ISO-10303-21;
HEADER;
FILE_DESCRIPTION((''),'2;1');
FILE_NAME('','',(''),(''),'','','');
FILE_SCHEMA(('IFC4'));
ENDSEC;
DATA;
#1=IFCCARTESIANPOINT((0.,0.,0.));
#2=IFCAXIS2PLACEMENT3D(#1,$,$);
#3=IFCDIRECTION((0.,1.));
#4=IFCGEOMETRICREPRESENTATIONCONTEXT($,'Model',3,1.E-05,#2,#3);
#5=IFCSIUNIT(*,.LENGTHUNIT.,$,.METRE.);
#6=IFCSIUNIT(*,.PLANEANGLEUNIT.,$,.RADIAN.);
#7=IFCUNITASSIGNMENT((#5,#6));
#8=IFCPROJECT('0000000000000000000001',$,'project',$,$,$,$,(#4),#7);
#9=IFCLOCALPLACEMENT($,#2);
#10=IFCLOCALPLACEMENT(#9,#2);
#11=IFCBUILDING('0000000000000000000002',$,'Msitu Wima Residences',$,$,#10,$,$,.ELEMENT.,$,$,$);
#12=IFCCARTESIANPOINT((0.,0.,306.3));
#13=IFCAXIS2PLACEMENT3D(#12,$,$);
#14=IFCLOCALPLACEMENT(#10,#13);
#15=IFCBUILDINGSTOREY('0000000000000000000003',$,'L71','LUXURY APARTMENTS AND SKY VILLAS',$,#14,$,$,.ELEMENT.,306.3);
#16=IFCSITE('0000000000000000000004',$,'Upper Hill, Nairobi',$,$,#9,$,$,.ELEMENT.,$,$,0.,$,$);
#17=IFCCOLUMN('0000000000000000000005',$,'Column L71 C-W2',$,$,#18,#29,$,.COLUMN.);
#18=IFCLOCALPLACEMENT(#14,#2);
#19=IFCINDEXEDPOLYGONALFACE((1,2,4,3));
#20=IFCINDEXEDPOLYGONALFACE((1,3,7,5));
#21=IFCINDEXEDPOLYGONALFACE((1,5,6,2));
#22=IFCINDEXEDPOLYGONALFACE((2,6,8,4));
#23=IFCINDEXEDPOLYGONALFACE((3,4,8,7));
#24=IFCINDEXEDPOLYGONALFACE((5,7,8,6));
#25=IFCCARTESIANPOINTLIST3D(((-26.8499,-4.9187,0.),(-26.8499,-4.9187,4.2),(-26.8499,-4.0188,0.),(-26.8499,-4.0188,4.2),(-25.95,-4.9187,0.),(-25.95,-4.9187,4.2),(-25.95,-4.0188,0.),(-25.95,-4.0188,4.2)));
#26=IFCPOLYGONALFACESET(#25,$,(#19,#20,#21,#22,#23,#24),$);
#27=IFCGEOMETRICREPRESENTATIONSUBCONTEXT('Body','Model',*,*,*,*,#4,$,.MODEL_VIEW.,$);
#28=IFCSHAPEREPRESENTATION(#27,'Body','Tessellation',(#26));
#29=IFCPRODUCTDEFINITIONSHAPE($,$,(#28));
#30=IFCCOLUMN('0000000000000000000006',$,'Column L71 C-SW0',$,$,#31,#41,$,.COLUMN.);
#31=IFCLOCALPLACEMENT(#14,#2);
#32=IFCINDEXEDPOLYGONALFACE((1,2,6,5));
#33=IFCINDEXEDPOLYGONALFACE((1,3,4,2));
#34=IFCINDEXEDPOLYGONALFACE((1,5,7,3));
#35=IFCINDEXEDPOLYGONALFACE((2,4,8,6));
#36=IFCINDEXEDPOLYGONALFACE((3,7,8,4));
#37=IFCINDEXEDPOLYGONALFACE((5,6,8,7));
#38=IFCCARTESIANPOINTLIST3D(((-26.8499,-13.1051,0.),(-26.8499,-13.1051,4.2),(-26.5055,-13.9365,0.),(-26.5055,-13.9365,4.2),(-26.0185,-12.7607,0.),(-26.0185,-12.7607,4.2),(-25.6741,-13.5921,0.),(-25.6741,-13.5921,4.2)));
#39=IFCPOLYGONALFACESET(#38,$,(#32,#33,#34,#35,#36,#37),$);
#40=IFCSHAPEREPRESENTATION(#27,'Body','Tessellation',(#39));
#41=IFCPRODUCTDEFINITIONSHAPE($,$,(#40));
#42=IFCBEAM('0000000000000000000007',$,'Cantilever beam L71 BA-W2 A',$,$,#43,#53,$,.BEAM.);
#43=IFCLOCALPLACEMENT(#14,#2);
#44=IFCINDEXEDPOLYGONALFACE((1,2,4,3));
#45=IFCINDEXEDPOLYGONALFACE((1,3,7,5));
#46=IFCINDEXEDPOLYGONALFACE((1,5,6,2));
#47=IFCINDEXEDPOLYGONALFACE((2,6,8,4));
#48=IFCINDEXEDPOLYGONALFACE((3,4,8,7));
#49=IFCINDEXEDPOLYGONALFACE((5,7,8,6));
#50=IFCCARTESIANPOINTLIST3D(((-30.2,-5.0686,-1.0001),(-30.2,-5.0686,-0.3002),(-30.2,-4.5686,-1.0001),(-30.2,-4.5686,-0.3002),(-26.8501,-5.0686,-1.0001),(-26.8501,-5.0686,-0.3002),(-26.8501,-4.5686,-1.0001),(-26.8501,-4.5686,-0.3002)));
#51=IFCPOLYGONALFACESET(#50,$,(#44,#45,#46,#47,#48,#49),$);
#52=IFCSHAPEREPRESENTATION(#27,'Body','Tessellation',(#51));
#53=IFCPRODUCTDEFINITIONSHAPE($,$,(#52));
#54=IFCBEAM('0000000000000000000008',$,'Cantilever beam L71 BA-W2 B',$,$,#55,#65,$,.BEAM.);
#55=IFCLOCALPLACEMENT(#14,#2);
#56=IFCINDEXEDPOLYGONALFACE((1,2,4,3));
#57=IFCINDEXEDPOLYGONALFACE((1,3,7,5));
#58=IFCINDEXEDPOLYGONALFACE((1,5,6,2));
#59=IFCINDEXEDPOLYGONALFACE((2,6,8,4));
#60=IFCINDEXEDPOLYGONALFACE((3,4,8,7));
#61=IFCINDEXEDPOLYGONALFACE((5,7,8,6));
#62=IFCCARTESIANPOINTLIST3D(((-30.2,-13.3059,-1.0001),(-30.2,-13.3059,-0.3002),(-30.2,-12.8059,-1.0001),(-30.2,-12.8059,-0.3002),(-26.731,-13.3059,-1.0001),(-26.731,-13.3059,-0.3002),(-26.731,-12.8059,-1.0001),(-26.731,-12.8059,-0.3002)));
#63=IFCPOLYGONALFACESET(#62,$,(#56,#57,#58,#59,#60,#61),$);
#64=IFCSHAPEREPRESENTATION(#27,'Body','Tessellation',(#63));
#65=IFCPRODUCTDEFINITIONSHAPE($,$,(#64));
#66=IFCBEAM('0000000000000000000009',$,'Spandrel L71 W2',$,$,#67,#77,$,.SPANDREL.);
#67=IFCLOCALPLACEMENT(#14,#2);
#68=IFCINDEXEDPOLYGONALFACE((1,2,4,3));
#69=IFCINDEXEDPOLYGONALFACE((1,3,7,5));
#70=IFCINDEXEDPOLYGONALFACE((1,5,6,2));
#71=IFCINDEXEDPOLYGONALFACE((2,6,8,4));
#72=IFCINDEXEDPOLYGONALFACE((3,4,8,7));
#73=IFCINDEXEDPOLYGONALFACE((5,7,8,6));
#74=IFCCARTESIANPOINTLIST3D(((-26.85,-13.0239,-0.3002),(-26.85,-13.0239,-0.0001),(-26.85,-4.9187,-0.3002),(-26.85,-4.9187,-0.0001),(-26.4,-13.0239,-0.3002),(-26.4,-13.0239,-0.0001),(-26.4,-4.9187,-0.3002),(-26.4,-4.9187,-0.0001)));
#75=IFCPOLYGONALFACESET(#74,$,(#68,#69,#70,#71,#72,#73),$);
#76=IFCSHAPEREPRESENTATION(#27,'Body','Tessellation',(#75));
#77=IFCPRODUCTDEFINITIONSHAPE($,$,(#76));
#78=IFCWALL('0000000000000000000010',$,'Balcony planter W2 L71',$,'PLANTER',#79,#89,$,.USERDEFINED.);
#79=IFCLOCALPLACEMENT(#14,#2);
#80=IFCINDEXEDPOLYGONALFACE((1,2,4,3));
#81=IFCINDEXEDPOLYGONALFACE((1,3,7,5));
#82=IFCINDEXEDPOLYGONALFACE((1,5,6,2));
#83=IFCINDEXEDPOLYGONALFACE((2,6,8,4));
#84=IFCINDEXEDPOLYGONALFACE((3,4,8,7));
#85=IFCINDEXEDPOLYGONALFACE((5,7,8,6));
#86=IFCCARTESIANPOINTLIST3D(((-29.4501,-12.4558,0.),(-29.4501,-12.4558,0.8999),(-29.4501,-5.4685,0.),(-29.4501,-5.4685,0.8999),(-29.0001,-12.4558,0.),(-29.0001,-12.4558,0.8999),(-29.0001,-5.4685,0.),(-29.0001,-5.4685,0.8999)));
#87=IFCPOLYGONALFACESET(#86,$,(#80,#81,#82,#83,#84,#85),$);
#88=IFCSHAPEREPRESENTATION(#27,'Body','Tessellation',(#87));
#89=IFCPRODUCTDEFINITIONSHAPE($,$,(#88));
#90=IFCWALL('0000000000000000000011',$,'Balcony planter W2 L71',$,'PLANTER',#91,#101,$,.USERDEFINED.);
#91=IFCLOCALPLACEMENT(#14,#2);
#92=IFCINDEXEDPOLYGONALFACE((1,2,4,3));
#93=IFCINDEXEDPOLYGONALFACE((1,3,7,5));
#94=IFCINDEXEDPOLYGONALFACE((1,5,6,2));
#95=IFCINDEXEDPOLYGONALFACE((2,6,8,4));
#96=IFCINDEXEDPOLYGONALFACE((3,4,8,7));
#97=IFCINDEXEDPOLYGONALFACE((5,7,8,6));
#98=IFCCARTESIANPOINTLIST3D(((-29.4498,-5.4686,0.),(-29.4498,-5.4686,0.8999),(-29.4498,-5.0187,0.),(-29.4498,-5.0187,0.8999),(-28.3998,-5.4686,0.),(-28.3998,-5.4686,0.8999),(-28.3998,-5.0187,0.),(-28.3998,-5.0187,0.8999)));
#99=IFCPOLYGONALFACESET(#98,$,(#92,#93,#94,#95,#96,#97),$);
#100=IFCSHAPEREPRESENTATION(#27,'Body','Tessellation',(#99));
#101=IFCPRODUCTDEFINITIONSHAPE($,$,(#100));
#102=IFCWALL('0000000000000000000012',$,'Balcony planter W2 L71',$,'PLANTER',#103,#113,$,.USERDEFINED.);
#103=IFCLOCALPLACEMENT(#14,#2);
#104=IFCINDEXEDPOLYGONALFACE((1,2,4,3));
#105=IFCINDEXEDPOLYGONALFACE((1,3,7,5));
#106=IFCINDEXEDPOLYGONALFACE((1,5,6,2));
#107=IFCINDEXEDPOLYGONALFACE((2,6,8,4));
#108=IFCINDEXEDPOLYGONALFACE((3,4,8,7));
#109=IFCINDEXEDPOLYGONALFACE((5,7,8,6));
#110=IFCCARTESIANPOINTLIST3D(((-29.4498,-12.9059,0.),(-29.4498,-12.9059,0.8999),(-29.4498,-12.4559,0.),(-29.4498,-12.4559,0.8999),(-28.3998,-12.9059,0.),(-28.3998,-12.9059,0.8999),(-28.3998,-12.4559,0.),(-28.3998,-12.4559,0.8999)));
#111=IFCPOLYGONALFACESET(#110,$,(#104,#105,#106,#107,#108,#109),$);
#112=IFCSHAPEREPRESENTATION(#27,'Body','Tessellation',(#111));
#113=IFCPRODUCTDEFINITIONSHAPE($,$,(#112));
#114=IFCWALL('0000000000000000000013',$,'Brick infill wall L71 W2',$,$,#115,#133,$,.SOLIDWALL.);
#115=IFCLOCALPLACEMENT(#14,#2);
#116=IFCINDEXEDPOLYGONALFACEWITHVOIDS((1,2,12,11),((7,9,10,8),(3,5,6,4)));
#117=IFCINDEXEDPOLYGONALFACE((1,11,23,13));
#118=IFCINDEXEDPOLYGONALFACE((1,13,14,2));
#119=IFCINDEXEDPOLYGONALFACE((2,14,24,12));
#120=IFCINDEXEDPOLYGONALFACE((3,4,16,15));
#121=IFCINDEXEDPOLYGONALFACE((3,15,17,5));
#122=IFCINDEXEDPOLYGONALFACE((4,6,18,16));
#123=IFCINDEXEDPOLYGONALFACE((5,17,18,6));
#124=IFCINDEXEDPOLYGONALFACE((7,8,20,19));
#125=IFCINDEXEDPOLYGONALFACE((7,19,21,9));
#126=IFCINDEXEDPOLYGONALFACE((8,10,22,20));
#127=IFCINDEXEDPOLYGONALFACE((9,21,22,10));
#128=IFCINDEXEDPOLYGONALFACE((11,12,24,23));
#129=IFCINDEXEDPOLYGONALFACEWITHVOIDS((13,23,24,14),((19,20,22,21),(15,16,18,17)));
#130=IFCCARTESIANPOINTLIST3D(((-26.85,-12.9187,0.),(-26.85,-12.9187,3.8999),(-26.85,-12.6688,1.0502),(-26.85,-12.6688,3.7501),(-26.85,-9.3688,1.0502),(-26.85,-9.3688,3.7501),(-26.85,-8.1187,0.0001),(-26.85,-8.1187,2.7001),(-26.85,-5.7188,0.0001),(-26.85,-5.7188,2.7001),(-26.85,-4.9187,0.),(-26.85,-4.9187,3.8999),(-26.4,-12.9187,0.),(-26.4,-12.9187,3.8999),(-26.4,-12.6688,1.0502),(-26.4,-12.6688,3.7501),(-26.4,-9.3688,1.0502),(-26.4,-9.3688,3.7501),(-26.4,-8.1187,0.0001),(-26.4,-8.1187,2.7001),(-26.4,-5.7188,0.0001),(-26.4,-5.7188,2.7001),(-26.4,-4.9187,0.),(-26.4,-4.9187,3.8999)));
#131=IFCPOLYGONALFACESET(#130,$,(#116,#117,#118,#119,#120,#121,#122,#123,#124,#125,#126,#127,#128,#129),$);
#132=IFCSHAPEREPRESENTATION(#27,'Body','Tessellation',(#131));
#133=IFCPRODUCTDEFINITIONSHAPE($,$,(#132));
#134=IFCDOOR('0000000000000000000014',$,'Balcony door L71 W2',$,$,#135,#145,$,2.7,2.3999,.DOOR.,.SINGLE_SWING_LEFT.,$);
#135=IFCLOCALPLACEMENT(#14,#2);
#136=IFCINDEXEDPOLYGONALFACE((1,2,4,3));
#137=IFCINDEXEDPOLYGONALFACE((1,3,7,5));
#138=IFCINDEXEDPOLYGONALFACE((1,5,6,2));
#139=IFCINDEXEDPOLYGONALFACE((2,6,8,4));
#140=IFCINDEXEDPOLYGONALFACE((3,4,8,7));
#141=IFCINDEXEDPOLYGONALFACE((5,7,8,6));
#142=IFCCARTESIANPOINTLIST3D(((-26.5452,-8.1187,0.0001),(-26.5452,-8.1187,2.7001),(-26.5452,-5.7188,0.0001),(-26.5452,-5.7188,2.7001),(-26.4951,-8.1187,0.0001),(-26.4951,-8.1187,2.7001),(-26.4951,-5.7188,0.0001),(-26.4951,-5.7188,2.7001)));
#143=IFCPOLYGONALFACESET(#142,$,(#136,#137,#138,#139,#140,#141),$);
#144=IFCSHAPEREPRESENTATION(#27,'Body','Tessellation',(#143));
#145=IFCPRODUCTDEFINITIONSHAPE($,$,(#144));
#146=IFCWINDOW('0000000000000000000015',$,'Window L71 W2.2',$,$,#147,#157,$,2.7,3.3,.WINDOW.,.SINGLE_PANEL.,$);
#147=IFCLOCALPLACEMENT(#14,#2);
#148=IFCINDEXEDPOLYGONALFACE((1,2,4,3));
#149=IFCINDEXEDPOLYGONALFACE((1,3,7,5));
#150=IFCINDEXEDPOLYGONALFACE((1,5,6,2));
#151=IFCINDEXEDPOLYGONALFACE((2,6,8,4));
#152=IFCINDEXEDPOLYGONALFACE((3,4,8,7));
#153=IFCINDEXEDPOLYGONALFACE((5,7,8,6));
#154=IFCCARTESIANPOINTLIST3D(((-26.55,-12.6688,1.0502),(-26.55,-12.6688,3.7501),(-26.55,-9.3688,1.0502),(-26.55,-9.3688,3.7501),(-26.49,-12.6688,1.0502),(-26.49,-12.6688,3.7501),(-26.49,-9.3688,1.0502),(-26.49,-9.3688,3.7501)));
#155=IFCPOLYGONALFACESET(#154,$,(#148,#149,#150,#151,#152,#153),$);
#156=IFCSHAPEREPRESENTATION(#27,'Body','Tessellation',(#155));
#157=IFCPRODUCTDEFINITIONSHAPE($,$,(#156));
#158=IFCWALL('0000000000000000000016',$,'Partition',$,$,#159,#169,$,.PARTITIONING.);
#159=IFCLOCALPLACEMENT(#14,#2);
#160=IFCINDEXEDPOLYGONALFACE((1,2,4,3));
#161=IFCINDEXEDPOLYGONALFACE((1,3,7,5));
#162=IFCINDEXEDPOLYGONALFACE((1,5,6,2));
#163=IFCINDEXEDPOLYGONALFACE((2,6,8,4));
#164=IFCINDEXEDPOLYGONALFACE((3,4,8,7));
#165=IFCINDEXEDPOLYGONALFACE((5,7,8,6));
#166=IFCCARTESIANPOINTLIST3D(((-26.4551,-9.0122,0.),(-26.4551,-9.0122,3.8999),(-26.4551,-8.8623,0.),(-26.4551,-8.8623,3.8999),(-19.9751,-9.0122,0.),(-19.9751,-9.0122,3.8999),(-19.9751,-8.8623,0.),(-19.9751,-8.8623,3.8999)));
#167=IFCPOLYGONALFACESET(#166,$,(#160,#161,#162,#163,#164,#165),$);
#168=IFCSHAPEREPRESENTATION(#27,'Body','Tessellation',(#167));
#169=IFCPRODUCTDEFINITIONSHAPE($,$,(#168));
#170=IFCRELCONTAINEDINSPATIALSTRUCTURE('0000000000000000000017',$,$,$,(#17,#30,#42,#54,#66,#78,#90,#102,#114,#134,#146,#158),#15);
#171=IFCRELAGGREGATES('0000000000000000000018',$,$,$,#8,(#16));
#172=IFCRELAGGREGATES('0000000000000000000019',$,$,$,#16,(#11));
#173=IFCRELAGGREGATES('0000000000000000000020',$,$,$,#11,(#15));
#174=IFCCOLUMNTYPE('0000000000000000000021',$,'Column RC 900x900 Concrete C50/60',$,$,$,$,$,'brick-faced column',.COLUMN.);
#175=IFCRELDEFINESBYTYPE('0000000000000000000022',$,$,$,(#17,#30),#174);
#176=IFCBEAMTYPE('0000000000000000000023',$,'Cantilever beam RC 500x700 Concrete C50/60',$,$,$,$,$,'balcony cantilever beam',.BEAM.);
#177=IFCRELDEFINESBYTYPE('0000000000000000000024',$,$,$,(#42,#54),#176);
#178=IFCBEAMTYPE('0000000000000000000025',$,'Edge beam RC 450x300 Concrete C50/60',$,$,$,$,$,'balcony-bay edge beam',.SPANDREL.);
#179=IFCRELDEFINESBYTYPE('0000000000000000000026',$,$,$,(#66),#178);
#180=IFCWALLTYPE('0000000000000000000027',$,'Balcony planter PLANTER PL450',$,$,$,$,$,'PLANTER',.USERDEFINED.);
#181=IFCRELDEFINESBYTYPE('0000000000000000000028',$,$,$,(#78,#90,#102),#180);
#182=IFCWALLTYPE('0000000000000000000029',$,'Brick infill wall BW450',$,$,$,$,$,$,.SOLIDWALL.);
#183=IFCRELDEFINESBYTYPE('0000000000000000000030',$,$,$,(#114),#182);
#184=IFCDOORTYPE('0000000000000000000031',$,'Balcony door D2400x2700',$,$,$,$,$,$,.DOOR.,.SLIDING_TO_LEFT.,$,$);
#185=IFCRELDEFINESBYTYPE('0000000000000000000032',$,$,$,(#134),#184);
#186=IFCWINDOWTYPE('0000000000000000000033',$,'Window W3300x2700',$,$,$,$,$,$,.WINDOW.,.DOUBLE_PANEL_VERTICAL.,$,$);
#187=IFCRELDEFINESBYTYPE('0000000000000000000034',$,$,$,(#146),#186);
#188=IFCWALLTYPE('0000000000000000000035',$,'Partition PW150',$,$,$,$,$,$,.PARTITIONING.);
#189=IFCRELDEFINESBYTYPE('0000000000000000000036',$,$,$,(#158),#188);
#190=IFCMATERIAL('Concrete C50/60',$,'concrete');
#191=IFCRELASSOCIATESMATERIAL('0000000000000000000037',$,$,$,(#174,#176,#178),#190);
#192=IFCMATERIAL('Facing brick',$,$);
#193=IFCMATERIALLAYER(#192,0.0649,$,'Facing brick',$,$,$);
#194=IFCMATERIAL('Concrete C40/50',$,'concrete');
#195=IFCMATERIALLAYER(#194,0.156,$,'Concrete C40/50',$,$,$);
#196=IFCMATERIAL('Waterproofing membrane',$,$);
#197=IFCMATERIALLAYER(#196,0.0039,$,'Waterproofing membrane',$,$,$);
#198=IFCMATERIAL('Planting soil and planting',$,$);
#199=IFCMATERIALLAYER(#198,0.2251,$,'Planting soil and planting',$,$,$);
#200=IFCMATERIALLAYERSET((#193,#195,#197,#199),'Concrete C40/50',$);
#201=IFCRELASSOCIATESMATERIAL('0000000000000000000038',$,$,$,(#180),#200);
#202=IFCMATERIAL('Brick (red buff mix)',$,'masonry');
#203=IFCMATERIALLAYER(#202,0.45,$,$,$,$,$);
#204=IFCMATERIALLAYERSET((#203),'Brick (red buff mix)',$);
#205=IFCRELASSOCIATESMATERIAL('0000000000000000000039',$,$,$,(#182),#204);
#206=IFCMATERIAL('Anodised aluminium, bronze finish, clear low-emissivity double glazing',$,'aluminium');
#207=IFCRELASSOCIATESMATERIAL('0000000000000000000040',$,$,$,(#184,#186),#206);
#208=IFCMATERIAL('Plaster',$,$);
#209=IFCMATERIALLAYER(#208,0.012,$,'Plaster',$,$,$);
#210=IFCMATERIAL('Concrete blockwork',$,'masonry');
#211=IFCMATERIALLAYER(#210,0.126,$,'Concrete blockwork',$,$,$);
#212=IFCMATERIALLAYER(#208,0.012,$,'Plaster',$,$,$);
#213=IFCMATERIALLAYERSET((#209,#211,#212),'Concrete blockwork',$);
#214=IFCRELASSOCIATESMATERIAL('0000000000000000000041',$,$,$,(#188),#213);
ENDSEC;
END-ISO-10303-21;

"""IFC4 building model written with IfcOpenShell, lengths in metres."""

from ifc_helpers import new_model, si_unit, direction, frame, frame_2d, origin, origin_2d, place, context, subcontext, project, spatial, rectangle, extrude, material, layer, layer_set, material_profile, profile_set, type_object, element, fill, save


model = new_model("IFC4")

# Units and contexts
model_context = context("Model", 3, precision=1e-05, world=origin(), true_north=direction((0.0, 1.0)))
body_context = subcontext(model_context, "Body", "Model", "MODEL_VIEW")
ifc_project = project(units=[si_unit("LENGTHUNIT", "METRE"), si_unit("PLANEANGLEUNIT", "RADIAN")], contexts=[model_context])

# Site, building, storey
site_placement = place(None, origin())
site = spatial("IfcSite", under=ifc_project, at=site_placement, Name="Upper Hill, Nairobi", CompositionType="ELEMENT", RefElevation=0.0)
building_placement = place(site_placement, origin())
building = spatial("IfcBuilding", under=site, at=building_placement, Name="Msitu Wima Residences", CompositionType="ELEMENT")
storey_placement = place(building_placement, frame((0.0, 0.0, 306.3)))
storey = spatial("IfcBuildingStorey", under=building, at=storey_placement, Name="L71", Description="LUXURY APARTMENTS AND SKY VILLAS", CompositionType="ELEMENT", Elevation=306.3)

# Columns
ifc_material_1 = material(Name="Concrete C50/60", Category="concrete")
ifc_material_profile_1 = material_profile(ifc_material_1, rectangle(XDim=0.8999, YDim=0.8999, at=origin_2d()), Name="RC 900x900")
ifc_profile_set_1 = profile_set([ifc_material_profile_1], Name="Concrete C50/60")
column_type = type_object("IfcColumnType", Name="Column RC 900x900 Concrete C50/60", ElementType="brick-faced column", PredefinedType="COLUMN", material=ifc_profile_set_1)
for number, where, z_axis, x_axis, name in (
    (1, (-26.3999, -4.4688, 0.0), (0.0, 0.0, 1.0), (0.0, -1.0, 0.0), "Column L71 C-W2"),
    (2, (-26.262, -13.3486, 0.0), (0.0, 0.0, 1.0), (0.382683, -0.92388, 0.0), "Column L71 C-SW0"),
):
    element("IfcColumn", number, at=place(storey_placement, frame(where, z_axis=z_axis, x_axis=x_axis)), inside=storey, type_object=column_type, Name=name, PredefinedType="COLUMN", context=body_context, shape_type="SweptSolid", body=[
        extrude(rectangle(XDim=0.8999, YDim=0.8999, at=origin_2d()), origin(), (0.0, 0.0, 1.0), 4.2),
    ])

# Beams
ifc_material_profile_2 = material_profile(ifc_material_1, rectangle(XDim=0.5, YDim=0.7, at=origin_2d()), Name="RC 500x700")
ifc_profile_set_2 = profile_set([ifc_material_profile_2], Name="Concrete C50/60")
beam_type_1 = type_object("IfcBeamType", Name="Cantilever beam RC 500x700 Concrete C50/60", ElementType="balcony cantilever beam", PredefinedType="BEAM", material=ifc_profile_set_2)
beam_1_placement = place(storey_placement, frame((-26.8501, -4.8186, -0.6501), z_axis=(-1.0, 0.0, 0.0), x_axis=(0.0, -1.0, 0.0)))
element("IfcBeam", 3, at=beam_1_placement, inside=storey, type_object=beam_type_1, Name="Cantilever beam L71 BA-W2 A", PredefinedType="BEAM", context=body_context, shape_type="SweptSolid", body=[
    extrude(rectangle(XDim=0.5, YDim=0.7, at=origin_2d()), origin(), (0.0, 0.0, 1.0), 3.3499),
])
beam_2_placement = place(storey_placement, frame((-26.731, -13.0559, -0.6501), z_axis=(-1.0, 0.0, 0.0), x_axis=(0.0, -1.0, 0.0)))
element("IfcBeam", 4, at=beam_2_placement, inside=storey, type_object=beam_type_1, Name="Cantilever beam L71 BA-W2 B", PredefinedType="BEAM", context=body_context, shape_type="SweptSolid", body=[
    extrude(rectangle(XDim=0.5, YDim=0.7, at=origin_2d()), origin(), (0.0, 0.0, 1.0), 3.469),
])
ifc_material_profile_3 = material_profile(ifc_material_1, rectangle(XDim=0.45, YDim=0.3, at=origin_2d()), Name="RC 450x300")
ifc_profile_set_3 = profile_set([ifc_material_profile_3], Name="Concrete C50/60")
beam_type_2 = type_object("IfcBeamType", Name="Edge beam RC 450x300 Concrete C50/60", ElementType="balcony-bay edge beam", PredefinedType="SPANDREL", material=ifc_profile_set_3)
beam_3_placement = place(storey_placement, frame((-26.625, -4.9187, -0.1501), z_axis=(0.0, -1.0, 0.0), x_axis=(1.0, 0.0, 0.0)))
element("IfcBeam", 5, at=beam_3_placement, inside=storey, type_object=beam_type_2, Name="Spandrel L71 W2", PredefinedType="SPANDREL", context=body_context, shape_type="SweptSolid", body=[
    extrude(rectangle(XDim=0.45, YDim=0.3, at=origin_2d()), origin(), (0.0, 0.0, 1.0), 8.1052),
])

# Walls
ifc_material_2 = material(Name="Facing brick")
ifc_layer_1 = layer(ifc_material_2, 0.0649, Name="Facing brick")
ifc_material_3 = material(Name="Concrete C40/50", Category="concrete")
ifc_layer_2 = layer(ifc_material_3, 0.156, Name="Concrete C40/50")
ifc_material_4 = material(Name="Waterproofing membrane")
ifc_layer_3 = layer(ifc_material_4, 0.0039, Name="Waterproofing membrane")
ifc_material_5 = material(Name="Planting soil and planting")
ifc_layer_4 = layer(ifc_material_5, 0.2251, Name="Planting soil and planting")
ifc_layer_set_1 = layer_set([ifc_layer_1, ifc_layer_2, ifc_layer_3, ifc_layer_4], Name="Concrete C40/50")
wall_type_1 = type_object("IfcWallType", Name="Balcony planter PLANTER PL450", ElementType="PLANTER", PredefinedType="USERDEFINED", material=ifc_layer_set_1)
wall_1_placement = place(storey_placement, frame((-29.2251, -5.4685, 0.0), z_axis=(0.0, 0.0, 1.0), x_axis=(0.0, -1.0, 0.0)))
element("IfcWall", 6, at=wall_1_placement, inside=storey, type_object=wall_type_1, Name="Balcony planter W2 L71", ObjectType="PLANTER", PredefinedType="USERDEFINED", context=body_context, shape_type="SweptSolid", body=[
    extrude(rectangle(XDim=6.9873, YDim=0.45, at=frame_2d((3.4937, 0.0))), origin(), (0.0, 0.0, 1.0), 0.8999),
])
for number, where, z_axis, x_axis, name in (
    (7, (-28.3999, -5.2437, 0.0), (0.0, 0.0, 1.0), (-1.0, 0.0, 0.0), "Balcony planter W2 L71"),
    (8, (-28.3999, -12.6809, 0.0), (0.0, 0.0, 1.0), (-1.0, 0.0, 0.0), "Balcony planter W2 L71"),
):
    element("IfcWall", number, at=place(storey_placement, frame(where, z_axis=z_axis, x_axis=x_axis)), inside=storey, type_object=wall_type_1, Name=name, ObjectType="PLANTER", PredefinedType="USERDEFINED", context=body_context, shape_type="SweptSolid", body=[
        extrude(rectangle(XDim=1.05, YDim=0.45, at=frame_2d((0.5249, 0.0))), origin(), (0.0, 0.0, 1.0), 0.8999),
    ])

# Wall, openings, door, window
ifc_material_6 = material(Name="Brick (red buff mix)", Category="masonry")
ifc_layer_5 = layer(ifc_material_6, 0.45)
ifc_layer_set_2 = layer_set([ifc_layer_5], Name="Brick (red buff mix)")
wall_type_2 = type_object("IfcWallType", Name="Brick infill wall BW450", PredefinedType="SOLIDWALL", material=ifc_layer_set_2)
wall_2_placement = place(storey_placement, frame((-26.625, -4.9187, 0.0), z_axis=(0.0, 0.0, 1.0), x_axis=(0.0, -1.0, 0.0)))
wall_2 = element("IfcWall", 9, at=wall_2_placement, inside=storey, type_object=wall_type_2, Name="Brick infill wall L71 W2", PredefinedType="SOLIDWALL", context=body_context, shape_type="SweptSolid", body=[
    extrude(rectangle(XDim=8.0, YDim=0.45, at=frame_2d((4.0, 0.0))), origin(), (0.0, 0.0, 1.0), 3.8999),
])
opening_1_placement = place(wall_2_placement, frame((0.8, 0.0, 0.0)))
opening_1 = element("IfcOpeningElement", 10, at=opening_1_placement, cuts=wall_2, PredefinedType="OPENING", context=body_context, shape_type="SweptSolid", body=[
    extrude(rectangle(XDim=2.3999, YDim=2.7, at=frame_2d((1.2, 1.3501))), frame((0.0, 0.2349, 0.0), z_axis=(0.0, -1.0, 0.0), x_axis=(1.0, 0.0, 0.0)), (0.0, 0.0, 1.0), 0.47),
])
opening_2_placement = place(wall_2_placement, frame((4.4502, 0.0, 1.05)))
opening_2 = element("IfcOpeningElement", 11, at=opening_2_placement, cuts=wall_2, PredefinedType="OPENING", context=body_context, shape_type="SweptSolid", body=[
    extrude(rectangle(XDim=3.3, YDim=2.7, at=frame_2d((1.6499, 1.3501))), frame((0.0, 0.2349, 0.0), z_axis=(0.0, -1.0, 0.0), x_axis=(1.0, 0.0, 0.0)), (0.0, 0.0, 1.0), 0.47),
])
ifc_material_7 = material(Name="Anodised aluminium, bronze finish, clear low-emissivity double glazing", Category="aluminium")
door_type = type_object("IfcDoorType", Name="Balcony door D2400x2700", OperationType="SLIDING_TO_LEFT", PredefinedType="DOOR", material=ifc_material_7)
door_placement = place(opening_1_placement, origin())
door = element("IfcDoor", 12, at=door_placement, inside=storey, type_object=door_type, Name="Balcony door L71 W2", OperationType="SINGLE_SWING_LEFT", OverallHeight=2.7, OverallWidth=2.3999, PredefinedType="DOOR", context=body_context, shape_type="SweptSolid", body=[
    extrude(rectangle(XDim=2.3999, YDim=2.7, at=frame_2d((1.2, 1.3501))), frame((0.0, 0.1299, 0.0), z_axis=(0.0, -1.0, 0.0), x_axis=(1.0, 0.0, 0.0)), (0.0, 0.0, 1.0), 0.05),
])
fill(opening_1, door)
window_type = type_object("IfcWindowType", Name="Window W3300x2700", PartitioningType="DOUBLE_PANEL_VERTICAL", PredefinedType="WINDOW", material=ifc_material_7)
window_placement = place(opening_2_placement, origin())
window = element("IfcWindow", 13, at=window_placement, inside=storey, type_object=window_type, Name="Window L71 W2.2", OverallHeight=2.7, OverallWidth=3.3, PartitioningType="SINGLE_PANEL", PredefinedType="WINDOW", context=body_context, shape_type="SweptSolid", body=[
    extrude(rectangle(XDim=3.3, YDim=2.7, at=frame_2d((1.6499, 1.3501))), frame((0.0, 0.135, 0.0), z_axis=(0.0, -1.0, 0.0), x_axis=(1.0, 0.0, 0.0)), (0.0, 0.0, 1.0), 0.0601),
])
fill(opening_2, window)

# Wall
ifc_material_8 = material(Name="Plaster")
ifc_layer_6 = layer(ifc_material_8, 0.012, Name="Plaster")
ifc_material_9 = material(Name="Concrete blockwork", Category="masonry")
ifc_layer_7 = layer(ifc_material_9, 0.126, Name="Concrete blockwork")
ifc_layer_8 = layer(ifc_material_8, 0.012, Name="Plaster")
ifc_layer_set_3 = layer_set([ifc_layer_6, ifc_layer_7, ifc_layer_8], Name="Concrete blockwork")
wall_type_3 = type_object("IfcWallType", Name="Partition PW150", PredefinedType="PARTITIONING", material=ifc_layer_set_3)
wall_3_placement = place(storey_placement, frame((-26.4551, -8.9373, 0.0), z_axis=(0.0, 0.0, 1.0), x_axis=(1.0, 0.0, 0.0)))
element("IfcWall", 14, at=wall_3_placement, inside=storey, type_object=wall_type_3, Name="Partition", PredefinedType="PARTITIONING", context=body_context, shape_type="SweptSolid", body=[
    extrude(rectangle(XDim=6.48, YDim=0.1499, at=frame_2d((3.24, 0.0))), origin(), (0.0, 0.0, 1.0), 3.8999),
])

save(model, "model.ifc")
